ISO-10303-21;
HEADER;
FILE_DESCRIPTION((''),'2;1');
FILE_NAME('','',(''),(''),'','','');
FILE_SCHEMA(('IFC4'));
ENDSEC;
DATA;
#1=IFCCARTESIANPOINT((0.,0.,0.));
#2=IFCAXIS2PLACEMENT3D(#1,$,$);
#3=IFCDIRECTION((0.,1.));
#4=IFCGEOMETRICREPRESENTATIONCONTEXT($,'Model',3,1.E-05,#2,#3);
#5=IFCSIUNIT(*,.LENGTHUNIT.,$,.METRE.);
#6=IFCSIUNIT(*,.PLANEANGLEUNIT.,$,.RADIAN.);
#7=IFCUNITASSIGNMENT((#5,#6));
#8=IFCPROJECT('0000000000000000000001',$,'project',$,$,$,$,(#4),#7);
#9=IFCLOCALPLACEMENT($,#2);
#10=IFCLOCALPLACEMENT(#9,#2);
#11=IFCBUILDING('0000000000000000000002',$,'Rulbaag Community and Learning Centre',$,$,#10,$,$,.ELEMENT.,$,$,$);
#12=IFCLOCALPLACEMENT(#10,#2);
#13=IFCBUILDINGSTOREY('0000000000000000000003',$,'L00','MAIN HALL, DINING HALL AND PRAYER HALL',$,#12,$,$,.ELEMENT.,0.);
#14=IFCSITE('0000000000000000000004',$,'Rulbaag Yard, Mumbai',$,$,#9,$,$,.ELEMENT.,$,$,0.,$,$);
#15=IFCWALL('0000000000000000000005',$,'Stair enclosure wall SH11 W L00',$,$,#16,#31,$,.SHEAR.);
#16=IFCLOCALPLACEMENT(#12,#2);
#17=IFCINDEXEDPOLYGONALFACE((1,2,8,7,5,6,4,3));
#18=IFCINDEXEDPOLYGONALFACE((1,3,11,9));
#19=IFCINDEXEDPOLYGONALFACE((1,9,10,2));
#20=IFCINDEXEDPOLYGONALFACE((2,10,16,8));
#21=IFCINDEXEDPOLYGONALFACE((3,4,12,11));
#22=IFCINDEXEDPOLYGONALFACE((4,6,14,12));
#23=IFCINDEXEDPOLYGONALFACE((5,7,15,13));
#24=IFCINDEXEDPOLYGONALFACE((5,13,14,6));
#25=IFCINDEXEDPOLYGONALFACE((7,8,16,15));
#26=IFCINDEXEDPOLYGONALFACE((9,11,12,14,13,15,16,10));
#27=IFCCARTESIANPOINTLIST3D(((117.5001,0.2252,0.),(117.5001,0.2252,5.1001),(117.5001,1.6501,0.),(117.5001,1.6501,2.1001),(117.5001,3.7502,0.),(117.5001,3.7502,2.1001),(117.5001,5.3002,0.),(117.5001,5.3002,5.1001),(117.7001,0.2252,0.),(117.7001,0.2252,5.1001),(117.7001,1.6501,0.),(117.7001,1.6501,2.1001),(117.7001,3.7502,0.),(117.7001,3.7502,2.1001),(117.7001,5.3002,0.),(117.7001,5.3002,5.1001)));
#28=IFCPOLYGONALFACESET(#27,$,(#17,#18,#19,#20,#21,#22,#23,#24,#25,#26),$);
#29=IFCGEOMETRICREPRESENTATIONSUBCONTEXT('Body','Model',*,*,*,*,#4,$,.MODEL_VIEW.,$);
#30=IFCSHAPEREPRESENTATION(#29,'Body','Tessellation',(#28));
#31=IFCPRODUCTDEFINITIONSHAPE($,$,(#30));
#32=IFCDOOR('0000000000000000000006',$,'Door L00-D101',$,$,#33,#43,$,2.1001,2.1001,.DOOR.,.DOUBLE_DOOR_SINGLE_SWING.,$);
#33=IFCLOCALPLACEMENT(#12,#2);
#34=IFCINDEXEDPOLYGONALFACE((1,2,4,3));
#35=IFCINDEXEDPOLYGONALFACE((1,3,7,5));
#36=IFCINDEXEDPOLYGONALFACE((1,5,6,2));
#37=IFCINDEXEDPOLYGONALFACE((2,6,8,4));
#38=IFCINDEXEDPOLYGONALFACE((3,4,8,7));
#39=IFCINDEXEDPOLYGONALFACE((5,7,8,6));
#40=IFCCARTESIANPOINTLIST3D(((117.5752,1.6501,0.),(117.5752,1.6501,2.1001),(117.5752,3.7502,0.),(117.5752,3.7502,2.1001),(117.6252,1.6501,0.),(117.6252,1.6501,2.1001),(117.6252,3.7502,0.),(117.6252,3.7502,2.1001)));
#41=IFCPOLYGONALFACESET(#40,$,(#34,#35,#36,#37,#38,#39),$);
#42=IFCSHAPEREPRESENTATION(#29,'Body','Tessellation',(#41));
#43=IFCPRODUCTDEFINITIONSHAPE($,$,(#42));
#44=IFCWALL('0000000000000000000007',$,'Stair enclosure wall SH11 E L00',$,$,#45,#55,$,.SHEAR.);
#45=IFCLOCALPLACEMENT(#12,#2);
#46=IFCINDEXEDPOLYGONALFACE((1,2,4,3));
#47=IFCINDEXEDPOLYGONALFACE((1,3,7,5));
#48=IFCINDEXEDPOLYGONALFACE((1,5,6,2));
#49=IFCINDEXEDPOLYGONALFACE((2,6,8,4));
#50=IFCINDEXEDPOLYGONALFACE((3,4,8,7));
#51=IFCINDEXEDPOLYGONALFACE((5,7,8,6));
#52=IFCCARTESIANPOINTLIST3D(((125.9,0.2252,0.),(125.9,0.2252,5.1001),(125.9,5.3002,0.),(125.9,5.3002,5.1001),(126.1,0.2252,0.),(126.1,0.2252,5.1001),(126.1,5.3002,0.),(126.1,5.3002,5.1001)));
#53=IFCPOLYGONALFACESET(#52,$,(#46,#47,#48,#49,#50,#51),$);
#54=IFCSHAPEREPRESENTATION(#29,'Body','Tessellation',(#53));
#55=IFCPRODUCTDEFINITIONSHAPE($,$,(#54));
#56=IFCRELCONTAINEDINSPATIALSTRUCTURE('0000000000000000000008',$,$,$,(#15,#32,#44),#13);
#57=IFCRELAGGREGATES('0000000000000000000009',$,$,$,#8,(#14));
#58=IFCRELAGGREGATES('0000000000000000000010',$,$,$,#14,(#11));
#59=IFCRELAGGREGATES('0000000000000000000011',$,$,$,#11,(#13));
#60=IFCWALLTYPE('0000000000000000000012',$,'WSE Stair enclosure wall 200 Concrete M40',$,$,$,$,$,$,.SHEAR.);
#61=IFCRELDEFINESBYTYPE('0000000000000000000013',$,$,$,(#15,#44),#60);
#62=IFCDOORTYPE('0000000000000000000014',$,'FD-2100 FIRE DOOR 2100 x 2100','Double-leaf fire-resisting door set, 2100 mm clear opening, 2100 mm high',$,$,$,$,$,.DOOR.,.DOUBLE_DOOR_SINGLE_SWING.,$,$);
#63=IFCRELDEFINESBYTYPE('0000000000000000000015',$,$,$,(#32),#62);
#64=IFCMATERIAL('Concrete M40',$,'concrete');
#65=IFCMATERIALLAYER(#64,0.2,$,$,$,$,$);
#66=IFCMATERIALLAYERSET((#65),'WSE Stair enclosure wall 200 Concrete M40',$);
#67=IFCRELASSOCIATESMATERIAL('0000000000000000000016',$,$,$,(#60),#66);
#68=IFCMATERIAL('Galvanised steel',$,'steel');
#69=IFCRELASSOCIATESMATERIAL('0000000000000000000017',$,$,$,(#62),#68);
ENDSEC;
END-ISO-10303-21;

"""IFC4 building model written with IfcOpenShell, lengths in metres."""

from ifc_helpers import new_model, si_unit, direction, frame, frame_2d, origin, place, context, subcontext, project, spatial, rectangle, extrude, material, layer, layer_set, type_object, element, fill, save


model = new_model("IFC4")

# Units and contexts
model_context = context("Model", 3, precision=1e-05, world=origin(), true_north=direction((0.0, 1.0)))
body_context = subcontext(model_context, "Body", "Model", "MODEL_VIEW")
ifc_project = project(units=[si_unit("LENGTHUNIT", "METRE"), si_unit("PLANEANGLEUNIT", "RADIAN")], contexts=[model_context])

# Site, building, storey
site_placement = place(None, origin())
site = spatial("IfcSite", under=ifc_project, at=site_placement, Name="Rulbaag Yard, Mumbai", CompositionType="ELEMENT", RefElevation=0.0)
building_placement = place(site_placement, origin())
building = spatial("IfcBuilding", under=site, at=building_placement, Name="Rulbaag Community and Learning Centre", CompositionType="ELEMENT")
storey_placement = place(building_placement, origin())
storey = spatial("IfcBuildingStorey", under=building, at=storey_placement, Name="L00", Description="MAIN HALL, DINING HALL AND PRAYER HALL", CompositionType="ELEMENT", Elevation=0.0)

# Shared definitions
ifc_material_1 = material(Name="Concrete M40", Category="concrete")

# Shared definitions
ifc_material_2 = material(Name="Galvanised steel", Category="steel")

# Wall, opening, door
ifc_layer_1 = layer(ifc_material_1, 0.2)
ifc_layer_set_1 = layer_set([ifc_layer_1], Name="WSE Stair enclosure wall 200 Concrete M40")
wall_type_1 = type_object("IfcWallType", Name="WSE Stair enclosure wall 200 Concrete M40", PredefinedType="SHEAR", material=ifc_layer_set_1)
wall_1_placement = place(storey_placement, frame((117.6001, 0.2251, 0.0), z_axis=(0.0, 0.0, 1.0), x_axis=(0.0, 1.0, 0.0)))
wall_1 = element("IfcWall", 1, at=wall_1_placement, inside=storey, type_object=wall_type_1, Name="Stair enclosure wall SH11 W L00", PredefinedType="SHEAR", context=body_context, shape_type="SweptSolid", body=[
    extrude(rectangle(XDim=5.075, YDim=0.2, at=frame_2d((2.5376, 0.0))), origin(), (0.0, 0.0, 1.0), 5.1001),
])
opening_1_placement = place(wall_1_placement, frame((1.425, 0.0, 0.0)))
opening_1 = element("IfcOpeningElement", 2, at=opening_1_placement, cuts=wall_1, PredefinedType="OPENING", context=body_context, shape_type="SweptSolid", body=[
    extrude(rectangle(XDim=2.1001, YDim=2.1001, at=frame_2d((1.05, 1.05))), frame((0.0, 0.1099, 0.0), z_axis=(0.0, -1.0, 0.0), x_axis=(1.0, 0.0, 0.0)), (0.0, 0.0, 1.0), 0.22),
])
door_type_1 = type_object("IfcDoorType", Name="FD-2100 FIRE DOOR 2100 x 2100", Description="Double-leaf fire-resisting door set, 2100 mm clear opening, 2100 mm high", OperationType="DOUBLE_DOOR_SINGLE_SWING", PredefinedType="DOOR", material=ifc_material_2)
door_1_placement = place(opening_1_placement, origin())
door_1 = element("IfcDoor", 3, at=door_1_placement, inside=storey, type_object=door_type_1, Name="Door L00-D101", OperationType="DOUBLE_DOOR_SINGLE_SWING", OverallHeight=2.1001, OverallWidth=2.1001, PredefinedType="DOOR", context=body_context, shape_type="SweptSolid", body=[
    extrude(rectangle(XDim=2.1001, YDim=2.1001, at=frame_2d((1.05, 1.05))), frame((0.0, 0.0249, 0.0), z_axis=(0.0, -1.0, 0.0), x_axis=(1.0, 0.0, 0.0)), (0.0, 0.0, 1.0), 0.05),
])
fill(opening_1, door_1)

# Wall
wall_2_placement = place(storey_placement, frame((126.0, 0.2251, 0.0), z_axis=(0.0, 0.0, 1.0), x_axis=(0.0, 1.0, 0.0)))
element("IfcWall", 4, at=wall_2_placement, inside=storey, type_object=wall_type_1, Name="Stair enclosure wall SH11 E L00", PredefinedType="SHEAR", context=body_context, shape_type="SweptSolid", body=[
    extrude(rectangle(XDim=5.075, YDim=0.2, at=frame_2d((2.5376, 0.0))), origin(), (0.0, 0.0, 1.0), 5.1001),
])

save(model, "model.ifc")
